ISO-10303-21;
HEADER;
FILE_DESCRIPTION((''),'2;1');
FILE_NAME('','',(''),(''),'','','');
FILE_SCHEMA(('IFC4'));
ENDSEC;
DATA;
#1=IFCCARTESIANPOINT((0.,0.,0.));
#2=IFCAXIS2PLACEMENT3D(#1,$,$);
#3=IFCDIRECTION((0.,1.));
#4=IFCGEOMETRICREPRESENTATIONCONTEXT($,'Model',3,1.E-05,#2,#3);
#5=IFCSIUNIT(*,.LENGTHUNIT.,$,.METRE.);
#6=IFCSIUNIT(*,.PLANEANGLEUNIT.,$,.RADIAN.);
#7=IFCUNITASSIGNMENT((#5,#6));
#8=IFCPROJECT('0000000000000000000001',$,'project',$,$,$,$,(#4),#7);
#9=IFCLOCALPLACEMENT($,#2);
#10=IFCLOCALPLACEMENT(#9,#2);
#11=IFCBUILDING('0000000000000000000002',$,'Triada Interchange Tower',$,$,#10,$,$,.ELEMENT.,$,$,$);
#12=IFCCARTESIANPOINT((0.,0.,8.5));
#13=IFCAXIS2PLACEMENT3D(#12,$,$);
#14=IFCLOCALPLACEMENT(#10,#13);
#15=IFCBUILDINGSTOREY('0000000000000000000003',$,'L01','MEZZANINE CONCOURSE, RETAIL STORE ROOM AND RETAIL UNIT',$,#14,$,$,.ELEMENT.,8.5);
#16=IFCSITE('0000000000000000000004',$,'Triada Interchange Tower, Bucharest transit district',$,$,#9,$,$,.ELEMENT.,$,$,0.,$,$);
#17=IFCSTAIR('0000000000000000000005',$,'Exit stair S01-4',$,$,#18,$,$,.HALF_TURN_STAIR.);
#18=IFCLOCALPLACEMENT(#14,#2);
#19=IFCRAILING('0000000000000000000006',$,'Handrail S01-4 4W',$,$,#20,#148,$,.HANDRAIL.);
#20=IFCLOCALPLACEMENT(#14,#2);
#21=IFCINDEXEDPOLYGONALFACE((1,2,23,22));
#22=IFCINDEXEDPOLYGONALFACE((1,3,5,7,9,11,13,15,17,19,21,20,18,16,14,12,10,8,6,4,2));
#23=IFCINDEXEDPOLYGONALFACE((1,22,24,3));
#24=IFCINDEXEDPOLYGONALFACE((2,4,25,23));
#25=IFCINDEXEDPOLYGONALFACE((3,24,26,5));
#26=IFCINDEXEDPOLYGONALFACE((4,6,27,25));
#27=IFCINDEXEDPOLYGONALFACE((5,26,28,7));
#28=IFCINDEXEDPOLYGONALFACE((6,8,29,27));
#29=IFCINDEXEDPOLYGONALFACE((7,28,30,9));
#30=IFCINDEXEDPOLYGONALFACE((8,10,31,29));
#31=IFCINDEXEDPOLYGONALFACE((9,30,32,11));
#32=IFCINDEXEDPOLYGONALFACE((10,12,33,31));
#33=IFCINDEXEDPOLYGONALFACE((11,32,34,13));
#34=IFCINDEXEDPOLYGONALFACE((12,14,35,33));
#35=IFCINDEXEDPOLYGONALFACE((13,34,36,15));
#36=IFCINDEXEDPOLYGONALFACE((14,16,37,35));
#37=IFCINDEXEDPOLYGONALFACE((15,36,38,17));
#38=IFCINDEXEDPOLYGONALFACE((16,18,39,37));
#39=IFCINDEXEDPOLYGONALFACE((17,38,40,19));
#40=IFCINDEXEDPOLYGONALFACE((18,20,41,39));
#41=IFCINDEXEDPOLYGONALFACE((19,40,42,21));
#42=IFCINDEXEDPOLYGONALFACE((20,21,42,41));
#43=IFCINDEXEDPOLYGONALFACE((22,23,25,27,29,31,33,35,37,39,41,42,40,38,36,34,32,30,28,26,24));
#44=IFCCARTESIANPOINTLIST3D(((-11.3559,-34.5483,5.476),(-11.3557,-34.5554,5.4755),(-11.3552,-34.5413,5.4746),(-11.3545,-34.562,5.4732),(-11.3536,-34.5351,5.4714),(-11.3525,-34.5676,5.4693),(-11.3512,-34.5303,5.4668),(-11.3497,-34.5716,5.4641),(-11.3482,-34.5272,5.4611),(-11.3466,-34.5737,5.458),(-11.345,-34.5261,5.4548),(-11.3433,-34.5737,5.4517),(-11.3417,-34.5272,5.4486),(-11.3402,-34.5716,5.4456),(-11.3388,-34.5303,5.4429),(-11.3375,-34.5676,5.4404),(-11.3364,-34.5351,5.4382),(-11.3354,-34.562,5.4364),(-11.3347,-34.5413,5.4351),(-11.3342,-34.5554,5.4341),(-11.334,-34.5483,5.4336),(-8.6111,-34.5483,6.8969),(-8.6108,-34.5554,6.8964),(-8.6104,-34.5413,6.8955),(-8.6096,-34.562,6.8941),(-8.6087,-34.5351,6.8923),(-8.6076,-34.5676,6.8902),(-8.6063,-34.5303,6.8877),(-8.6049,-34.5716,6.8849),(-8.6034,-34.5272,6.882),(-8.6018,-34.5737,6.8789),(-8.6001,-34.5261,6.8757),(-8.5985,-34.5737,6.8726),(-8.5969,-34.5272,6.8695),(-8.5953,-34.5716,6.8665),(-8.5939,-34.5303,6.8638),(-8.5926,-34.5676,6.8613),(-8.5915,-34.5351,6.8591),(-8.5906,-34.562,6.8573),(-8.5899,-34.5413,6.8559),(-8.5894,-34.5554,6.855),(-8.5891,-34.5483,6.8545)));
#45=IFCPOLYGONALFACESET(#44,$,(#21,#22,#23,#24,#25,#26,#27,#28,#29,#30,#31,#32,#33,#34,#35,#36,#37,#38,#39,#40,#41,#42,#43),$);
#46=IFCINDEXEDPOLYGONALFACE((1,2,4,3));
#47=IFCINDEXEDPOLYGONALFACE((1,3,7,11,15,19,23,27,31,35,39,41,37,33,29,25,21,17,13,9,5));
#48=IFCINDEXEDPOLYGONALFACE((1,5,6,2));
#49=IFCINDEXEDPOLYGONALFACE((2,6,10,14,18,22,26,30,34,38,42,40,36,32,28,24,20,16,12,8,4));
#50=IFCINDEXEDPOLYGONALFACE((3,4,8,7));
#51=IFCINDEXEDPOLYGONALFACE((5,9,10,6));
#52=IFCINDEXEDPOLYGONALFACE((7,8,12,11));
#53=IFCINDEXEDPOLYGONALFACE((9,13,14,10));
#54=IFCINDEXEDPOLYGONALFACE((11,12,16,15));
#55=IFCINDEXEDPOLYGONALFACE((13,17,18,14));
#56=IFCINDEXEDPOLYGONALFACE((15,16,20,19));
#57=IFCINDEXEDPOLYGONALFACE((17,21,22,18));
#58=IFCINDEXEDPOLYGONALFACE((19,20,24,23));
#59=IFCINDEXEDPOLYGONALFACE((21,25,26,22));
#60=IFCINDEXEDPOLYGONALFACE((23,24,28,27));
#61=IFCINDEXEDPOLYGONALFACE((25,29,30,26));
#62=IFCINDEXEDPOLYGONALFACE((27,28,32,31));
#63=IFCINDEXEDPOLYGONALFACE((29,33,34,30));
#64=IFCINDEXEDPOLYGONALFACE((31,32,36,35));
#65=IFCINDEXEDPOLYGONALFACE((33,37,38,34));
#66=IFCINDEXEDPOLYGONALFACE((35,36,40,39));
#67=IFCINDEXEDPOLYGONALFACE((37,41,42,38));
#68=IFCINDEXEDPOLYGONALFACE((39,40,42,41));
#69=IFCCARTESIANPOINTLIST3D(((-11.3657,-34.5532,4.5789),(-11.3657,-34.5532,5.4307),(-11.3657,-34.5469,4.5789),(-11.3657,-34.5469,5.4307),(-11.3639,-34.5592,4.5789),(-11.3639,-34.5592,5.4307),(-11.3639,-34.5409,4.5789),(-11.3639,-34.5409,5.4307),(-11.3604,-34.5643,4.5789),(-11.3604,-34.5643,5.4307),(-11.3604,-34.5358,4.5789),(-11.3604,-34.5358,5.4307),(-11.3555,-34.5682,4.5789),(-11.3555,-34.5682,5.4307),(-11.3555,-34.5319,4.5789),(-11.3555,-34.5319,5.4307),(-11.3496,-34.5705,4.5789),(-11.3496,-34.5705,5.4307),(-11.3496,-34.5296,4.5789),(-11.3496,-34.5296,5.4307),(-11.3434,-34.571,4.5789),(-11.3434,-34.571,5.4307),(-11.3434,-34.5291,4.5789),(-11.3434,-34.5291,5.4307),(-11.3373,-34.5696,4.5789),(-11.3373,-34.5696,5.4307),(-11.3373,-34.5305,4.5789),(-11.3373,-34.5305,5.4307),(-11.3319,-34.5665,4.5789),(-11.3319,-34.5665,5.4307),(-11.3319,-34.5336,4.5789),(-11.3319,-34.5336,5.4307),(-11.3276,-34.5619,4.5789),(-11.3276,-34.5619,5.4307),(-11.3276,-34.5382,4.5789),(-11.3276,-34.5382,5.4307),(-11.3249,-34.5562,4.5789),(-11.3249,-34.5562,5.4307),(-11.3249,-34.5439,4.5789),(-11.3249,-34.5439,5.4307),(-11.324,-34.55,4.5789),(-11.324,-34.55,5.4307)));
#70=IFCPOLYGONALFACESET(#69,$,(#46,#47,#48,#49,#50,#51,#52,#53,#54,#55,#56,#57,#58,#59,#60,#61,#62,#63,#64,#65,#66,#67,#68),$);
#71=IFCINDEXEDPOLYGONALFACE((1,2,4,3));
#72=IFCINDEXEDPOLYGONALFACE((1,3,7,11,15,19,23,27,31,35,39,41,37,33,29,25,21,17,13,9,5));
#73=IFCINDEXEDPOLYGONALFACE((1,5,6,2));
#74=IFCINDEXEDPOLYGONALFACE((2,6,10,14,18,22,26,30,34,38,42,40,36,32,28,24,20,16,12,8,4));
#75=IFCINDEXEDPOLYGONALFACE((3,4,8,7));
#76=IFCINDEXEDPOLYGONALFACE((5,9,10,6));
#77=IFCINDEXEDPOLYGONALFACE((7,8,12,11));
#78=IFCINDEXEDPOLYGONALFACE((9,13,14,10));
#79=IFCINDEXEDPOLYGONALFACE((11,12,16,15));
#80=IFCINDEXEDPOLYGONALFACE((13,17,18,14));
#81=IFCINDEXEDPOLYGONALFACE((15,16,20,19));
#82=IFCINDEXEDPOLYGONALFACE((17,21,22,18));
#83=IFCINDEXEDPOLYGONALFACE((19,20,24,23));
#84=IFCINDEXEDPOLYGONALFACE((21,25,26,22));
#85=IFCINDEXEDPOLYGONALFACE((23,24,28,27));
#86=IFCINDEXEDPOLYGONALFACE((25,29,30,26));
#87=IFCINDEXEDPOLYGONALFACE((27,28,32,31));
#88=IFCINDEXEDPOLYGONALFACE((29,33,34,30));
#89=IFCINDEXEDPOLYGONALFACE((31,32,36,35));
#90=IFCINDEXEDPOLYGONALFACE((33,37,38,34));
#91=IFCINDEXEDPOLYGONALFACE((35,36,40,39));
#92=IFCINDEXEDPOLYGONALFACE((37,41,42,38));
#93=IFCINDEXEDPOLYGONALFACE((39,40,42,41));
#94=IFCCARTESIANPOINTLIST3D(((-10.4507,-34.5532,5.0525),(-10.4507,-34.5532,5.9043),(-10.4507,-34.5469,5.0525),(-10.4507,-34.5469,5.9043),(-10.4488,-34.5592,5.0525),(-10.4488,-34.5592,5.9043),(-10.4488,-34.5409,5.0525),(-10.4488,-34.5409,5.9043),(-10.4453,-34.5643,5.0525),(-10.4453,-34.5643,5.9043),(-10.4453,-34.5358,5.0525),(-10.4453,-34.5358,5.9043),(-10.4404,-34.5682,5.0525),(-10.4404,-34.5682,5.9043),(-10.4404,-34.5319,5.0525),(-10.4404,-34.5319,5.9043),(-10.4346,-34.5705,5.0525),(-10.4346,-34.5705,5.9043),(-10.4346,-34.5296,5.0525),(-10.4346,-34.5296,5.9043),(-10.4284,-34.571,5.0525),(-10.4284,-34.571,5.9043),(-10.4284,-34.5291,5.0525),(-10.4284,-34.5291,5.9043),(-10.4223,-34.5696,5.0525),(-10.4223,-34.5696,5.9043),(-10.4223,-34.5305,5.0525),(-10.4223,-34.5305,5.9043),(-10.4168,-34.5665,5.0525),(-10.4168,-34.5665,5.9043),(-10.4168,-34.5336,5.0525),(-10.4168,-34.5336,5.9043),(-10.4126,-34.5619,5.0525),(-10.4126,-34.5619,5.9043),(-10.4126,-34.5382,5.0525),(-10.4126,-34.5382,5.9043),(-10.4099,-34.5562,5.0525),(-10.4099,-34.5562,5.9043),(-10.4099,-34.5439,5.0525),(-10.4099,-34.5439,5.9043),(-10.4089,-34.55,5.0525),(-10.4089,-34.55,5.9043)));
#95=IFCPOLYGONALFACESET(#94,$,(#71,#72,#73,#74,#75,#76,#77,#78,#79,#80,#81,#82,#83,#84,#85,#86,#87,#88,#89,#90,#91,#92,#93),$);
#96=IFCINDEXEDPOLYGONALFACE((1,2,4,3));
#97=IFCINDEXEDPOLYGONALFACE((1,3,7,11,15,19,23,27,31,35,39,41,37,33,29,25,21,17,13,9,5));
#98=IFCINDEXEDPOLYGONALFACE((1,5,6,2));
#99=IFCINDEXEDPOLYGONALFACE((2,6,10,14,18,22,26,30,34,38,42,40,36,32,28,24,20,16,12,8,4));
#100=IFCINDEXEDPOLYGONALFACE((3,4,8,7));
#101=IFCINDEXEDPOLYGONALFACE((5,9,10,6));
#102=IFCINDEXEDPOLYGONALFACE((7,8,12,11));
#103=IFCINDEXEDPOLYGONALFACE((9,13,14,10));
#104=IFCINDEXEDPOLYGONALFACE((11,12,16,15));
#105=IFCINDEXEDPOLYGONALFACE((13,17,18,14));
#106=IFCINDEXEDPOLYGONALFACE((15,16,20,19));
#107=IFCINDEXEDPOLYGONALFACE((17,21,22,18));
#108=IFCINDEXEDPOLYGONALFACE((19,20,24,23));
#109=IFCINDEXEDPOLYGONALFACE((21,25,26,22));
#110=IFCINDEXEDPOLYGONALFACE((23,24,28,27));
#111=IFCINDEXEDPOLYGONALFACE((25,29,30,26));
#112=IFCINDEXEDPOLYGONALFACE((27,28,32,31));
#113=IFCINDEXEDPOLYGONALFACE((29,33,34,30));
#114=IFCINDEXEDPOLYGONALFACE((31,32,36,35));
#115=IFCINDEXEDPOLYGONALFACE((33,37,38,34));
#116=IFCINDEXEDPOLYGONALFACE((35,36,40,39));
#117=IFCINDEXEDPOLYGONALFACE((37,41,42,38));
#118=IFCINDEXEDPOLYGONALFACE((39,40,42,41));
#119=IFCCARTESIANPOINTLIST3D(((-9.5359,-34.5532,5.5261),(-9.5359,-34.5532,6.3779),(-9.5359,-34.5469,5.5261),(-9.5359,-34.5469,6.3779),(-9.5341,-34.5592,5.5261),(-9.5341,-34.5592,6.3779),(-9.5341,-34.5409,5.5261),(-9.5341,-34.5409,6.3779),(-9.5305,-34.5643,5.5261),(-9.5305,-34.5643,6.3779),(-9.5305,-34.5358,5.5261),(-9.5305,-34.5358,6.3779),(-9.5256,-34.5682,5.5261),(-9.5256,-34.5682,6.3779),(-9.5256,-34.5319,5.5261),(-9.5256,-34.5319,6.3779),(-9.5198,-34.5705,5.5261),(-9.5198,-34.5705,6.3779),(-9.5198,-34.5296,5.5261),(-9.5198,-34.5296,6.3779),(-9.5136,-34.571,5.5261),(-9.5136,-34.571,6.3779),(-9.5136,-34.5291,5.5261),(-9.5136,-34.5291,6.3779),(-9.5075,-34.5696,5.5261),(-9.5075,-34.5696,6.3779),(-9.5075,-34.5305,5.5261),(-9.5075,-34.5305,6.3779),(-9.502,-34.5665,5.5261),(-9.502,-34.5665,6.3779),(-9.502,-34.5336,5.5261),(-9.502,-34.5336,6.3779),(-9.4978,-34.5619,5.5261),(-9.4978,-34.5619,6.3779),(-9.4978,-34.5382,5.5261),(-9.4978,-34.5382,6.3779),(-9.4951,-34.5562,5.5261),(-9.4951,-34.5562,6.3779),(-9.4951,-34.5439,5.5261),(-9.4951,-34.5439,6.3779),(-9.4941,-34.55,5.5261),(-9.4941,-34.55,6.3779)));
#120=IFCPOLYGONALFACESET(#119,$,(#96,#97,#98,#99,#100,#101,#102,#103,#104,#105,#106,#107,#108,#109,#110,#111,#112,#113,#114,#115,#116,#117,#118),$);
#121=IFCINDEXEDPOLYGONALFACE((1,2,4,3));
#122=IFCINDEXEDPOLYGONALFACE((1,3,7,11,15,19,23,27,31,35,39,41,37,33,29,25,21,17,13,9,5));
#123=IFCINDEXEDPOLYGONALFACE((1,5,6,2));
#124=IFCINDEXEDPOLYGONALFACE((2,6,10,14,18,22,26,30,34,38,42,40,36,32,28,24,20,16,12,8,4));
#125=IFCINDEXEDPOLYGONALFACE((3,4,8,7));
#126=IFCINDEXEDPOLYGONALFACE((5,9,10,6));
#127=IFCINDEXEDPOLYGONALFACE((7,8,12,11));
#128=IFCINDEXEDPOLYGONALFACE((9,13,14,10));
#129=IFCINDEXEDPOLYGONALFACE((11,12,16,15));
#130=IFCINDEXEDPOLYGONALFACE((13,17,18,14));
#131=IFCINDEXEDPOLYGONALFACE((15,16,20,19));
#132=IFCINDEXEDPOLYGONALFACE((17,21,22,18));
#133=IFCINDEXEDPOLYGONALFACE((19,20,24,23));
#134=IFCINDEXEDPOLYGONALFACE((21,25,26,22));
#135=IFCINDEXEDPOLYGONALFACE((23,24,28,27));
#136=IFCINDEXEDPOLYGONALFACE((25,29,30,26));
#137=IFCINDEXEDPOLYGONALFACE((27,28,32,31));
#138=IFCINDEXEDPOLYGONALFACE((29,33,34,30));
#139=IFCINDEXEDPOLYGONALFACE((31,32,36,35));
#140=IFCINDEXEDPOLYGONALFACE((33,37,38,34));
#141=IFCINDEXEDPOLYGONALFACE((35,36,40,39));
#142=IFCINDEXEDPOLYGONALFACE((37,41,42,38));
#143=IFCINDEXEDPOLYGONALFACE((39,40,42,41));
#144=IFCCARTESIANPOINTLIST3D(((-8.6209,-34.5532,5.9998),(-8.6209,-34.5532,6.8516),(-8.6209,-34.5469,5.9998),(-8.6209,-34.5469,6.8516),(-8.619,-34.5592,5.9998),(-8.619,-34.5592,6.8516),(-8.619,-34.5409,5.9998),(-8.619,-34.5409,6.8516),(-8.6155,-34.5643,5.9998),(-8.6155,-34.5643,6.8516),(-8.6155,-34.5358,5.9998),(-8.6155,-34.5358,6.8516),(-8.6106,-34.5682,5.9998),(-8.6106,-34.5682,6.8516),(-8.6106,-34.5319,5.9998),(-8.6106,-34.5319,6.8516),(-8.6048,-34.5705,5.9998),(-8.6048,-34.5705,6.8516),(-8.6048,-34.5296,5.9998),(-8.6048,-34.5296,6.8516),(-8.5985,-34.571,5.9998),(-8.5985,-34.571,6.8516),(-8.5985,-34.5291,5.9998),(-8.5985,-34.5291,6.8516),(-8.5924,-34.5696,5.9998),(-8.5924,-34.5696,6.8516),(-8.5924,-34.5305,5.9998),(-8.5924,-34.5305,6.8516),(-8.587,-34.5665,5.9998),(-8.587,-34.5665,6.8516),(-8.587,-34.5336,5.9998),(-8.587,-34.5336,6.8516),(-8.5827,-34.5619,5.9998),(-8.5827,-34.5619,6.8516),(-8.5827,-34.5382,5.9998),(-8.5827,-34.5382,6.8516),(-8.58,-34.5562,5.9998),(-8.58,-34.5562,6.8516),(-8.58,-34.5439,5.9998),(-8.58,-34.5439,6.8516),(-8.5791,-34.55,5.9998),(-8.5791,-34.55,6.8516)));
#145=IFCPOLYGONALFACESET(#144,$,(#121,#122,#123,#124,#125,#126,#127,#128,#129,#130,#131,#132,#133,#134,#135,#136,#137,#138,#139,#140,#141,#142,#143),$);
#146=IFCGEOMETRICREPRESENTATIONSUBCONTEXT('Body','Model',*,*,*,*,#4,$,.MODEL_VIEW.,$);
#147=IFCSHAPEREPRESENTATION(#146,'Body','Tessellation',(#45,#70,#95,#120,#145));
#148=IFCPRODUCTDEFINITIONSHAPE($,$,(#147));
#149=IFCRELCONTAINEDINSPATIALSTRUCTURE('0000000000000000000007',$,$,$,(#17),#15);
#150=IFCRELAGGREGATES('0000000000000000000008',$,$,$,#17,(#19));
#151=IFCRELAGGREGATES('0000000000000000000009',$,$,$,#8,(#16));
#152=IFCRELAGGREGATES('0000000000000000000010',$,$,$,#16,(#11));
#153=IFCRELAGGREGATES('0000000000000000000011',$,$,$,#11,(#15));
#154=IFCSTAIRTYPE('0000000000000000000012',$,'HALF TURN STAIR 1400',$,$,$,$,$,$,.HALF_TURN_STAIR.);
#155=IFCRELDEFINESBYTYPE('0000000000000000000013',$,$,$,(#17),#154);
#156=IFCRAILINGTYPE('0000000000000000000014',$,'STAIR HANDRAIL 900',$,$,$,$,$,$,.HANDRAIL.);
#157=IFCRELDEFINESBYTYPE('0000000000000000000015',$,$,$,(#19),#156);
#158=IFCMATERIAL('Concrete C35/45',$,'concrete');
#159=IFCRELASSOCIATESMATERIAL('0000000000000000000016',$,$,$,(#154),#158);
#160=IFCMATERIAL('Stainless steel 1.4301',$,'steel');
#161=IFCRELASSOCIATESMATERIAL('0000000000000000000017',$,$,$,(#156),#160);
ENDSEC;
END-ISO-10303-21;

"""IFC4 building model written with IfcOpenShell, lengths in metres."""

from ifc_helpers import new_model, si_unit, direction, frame, origin, origin_2d, place, context, subcontext, project, spatial, circle, extrude, material, type_object, element, aggregate, save


model = new_model("IFC4")

# Units and contexts
model_context = context("Model", 3, precision=1e-05, world=origin(), true_north=direction((0.0, 1.0)))
body_context = subcontext(model_context, "Body", "Model", "MODEL_VIEW")
ifc_project = project(units=[si_unit("LENGTHUNIT", "METRE"), si_unit("PLANEANGLEUNIT", "RADIAN")], contexts=[model_context])

# Site, building, storey
site_placement = place(None, origin())
site = spatial("IfcSite", under=ifc_project, at=site_placement, Name="Triada Interchange Tower, Bucharest transit district", CompositionType="ELEMENT", RefElevation=0.0)
building_placement = place(site_placement, origin())
building = spatial("IfcBuilding", under=site, at=building_placement, Name="Triada Interchange Tower", CompositionType="ELEMENT")
storey_placement = place(building_placement, frame((0.0, 0.0, 8.5)))
storey = spatial("IfcBuildingStorey", under=building, at=storey_placement, Name="L01", Description="MEZZANINE CONCOURSE, RETAIL STORE ROOM AND RETAIL UNIT", CompositionType="ELEMENT", Elevation=8.5)

# Stair, railing
ifc_material_1 = material(Name="Concrete C35/45", Category="concrete")
stair_type = type_object("IfcStairType", Name="HALF TURN STAIR 1400", PredefinedType="HALF_TURN_STAIR", material=ifc_material_1)
stair_placement = place(storey_placement, origin())
stair = element("IfcStair", 1, at=stair_placement, inside=storey, type_object=stair_type, Name="Exit stair S01-4", PredefinedType="HALF_TURN_STAIR")
ifc_material_2 = material(Name="Stainless steel 1.4301", Category="steel")
railing_type = type_object("IfcRailingType", Name="STAIR HANDRAIL 900", PredefinedType="HANDRAIL", material=ifc_material_2)
railing_1_placement = place(storey_placement, frame((-11.345, -34.55, 4.5789)))
railing_1 = element("IfcRailing", 2, at=railing_1_placement, type_object=railing_type, Name="Handrail S01-4 4W", PredefinedType="HANDRAIL", context=body_context, shape_type="SweptSolid", body=[
    extrude(circle(Radius=0.0239, at=origin_2d()), frame((0.0, 0.0, 0.876), z_axis=(0.888068, 0.0, 0.459713), x_axis=(0.0, 1.0, 0.0)), (0.0, 0.0, 1.0), 3.0908),
    extrude(circle(Radius=0.021, at=origin_2d()), origin(), (0.0, 0.0, 1.0), 0.8518),
    extrude(circle(Radius=0.021, at=origin_2d()), frame((0.915, 0.0, 0.4736)), (0.0, 0.0, 1.0), 0.8518),
    extrude(circle(Radius=0.021, at=origin_2d()), frame((1.8298, 0.0, 0.9473)), (0.0, 0.0, 1.0), 0.8518),
    extrude(circle(Radius=0.021, at=origin_2d()), frame((2.7449, 0.0, 1.4209)), (0.0, 0.0, 1.0), 0.8518),
])
aggregate(stair, [railing_1])

save(model, "model.ifc")
